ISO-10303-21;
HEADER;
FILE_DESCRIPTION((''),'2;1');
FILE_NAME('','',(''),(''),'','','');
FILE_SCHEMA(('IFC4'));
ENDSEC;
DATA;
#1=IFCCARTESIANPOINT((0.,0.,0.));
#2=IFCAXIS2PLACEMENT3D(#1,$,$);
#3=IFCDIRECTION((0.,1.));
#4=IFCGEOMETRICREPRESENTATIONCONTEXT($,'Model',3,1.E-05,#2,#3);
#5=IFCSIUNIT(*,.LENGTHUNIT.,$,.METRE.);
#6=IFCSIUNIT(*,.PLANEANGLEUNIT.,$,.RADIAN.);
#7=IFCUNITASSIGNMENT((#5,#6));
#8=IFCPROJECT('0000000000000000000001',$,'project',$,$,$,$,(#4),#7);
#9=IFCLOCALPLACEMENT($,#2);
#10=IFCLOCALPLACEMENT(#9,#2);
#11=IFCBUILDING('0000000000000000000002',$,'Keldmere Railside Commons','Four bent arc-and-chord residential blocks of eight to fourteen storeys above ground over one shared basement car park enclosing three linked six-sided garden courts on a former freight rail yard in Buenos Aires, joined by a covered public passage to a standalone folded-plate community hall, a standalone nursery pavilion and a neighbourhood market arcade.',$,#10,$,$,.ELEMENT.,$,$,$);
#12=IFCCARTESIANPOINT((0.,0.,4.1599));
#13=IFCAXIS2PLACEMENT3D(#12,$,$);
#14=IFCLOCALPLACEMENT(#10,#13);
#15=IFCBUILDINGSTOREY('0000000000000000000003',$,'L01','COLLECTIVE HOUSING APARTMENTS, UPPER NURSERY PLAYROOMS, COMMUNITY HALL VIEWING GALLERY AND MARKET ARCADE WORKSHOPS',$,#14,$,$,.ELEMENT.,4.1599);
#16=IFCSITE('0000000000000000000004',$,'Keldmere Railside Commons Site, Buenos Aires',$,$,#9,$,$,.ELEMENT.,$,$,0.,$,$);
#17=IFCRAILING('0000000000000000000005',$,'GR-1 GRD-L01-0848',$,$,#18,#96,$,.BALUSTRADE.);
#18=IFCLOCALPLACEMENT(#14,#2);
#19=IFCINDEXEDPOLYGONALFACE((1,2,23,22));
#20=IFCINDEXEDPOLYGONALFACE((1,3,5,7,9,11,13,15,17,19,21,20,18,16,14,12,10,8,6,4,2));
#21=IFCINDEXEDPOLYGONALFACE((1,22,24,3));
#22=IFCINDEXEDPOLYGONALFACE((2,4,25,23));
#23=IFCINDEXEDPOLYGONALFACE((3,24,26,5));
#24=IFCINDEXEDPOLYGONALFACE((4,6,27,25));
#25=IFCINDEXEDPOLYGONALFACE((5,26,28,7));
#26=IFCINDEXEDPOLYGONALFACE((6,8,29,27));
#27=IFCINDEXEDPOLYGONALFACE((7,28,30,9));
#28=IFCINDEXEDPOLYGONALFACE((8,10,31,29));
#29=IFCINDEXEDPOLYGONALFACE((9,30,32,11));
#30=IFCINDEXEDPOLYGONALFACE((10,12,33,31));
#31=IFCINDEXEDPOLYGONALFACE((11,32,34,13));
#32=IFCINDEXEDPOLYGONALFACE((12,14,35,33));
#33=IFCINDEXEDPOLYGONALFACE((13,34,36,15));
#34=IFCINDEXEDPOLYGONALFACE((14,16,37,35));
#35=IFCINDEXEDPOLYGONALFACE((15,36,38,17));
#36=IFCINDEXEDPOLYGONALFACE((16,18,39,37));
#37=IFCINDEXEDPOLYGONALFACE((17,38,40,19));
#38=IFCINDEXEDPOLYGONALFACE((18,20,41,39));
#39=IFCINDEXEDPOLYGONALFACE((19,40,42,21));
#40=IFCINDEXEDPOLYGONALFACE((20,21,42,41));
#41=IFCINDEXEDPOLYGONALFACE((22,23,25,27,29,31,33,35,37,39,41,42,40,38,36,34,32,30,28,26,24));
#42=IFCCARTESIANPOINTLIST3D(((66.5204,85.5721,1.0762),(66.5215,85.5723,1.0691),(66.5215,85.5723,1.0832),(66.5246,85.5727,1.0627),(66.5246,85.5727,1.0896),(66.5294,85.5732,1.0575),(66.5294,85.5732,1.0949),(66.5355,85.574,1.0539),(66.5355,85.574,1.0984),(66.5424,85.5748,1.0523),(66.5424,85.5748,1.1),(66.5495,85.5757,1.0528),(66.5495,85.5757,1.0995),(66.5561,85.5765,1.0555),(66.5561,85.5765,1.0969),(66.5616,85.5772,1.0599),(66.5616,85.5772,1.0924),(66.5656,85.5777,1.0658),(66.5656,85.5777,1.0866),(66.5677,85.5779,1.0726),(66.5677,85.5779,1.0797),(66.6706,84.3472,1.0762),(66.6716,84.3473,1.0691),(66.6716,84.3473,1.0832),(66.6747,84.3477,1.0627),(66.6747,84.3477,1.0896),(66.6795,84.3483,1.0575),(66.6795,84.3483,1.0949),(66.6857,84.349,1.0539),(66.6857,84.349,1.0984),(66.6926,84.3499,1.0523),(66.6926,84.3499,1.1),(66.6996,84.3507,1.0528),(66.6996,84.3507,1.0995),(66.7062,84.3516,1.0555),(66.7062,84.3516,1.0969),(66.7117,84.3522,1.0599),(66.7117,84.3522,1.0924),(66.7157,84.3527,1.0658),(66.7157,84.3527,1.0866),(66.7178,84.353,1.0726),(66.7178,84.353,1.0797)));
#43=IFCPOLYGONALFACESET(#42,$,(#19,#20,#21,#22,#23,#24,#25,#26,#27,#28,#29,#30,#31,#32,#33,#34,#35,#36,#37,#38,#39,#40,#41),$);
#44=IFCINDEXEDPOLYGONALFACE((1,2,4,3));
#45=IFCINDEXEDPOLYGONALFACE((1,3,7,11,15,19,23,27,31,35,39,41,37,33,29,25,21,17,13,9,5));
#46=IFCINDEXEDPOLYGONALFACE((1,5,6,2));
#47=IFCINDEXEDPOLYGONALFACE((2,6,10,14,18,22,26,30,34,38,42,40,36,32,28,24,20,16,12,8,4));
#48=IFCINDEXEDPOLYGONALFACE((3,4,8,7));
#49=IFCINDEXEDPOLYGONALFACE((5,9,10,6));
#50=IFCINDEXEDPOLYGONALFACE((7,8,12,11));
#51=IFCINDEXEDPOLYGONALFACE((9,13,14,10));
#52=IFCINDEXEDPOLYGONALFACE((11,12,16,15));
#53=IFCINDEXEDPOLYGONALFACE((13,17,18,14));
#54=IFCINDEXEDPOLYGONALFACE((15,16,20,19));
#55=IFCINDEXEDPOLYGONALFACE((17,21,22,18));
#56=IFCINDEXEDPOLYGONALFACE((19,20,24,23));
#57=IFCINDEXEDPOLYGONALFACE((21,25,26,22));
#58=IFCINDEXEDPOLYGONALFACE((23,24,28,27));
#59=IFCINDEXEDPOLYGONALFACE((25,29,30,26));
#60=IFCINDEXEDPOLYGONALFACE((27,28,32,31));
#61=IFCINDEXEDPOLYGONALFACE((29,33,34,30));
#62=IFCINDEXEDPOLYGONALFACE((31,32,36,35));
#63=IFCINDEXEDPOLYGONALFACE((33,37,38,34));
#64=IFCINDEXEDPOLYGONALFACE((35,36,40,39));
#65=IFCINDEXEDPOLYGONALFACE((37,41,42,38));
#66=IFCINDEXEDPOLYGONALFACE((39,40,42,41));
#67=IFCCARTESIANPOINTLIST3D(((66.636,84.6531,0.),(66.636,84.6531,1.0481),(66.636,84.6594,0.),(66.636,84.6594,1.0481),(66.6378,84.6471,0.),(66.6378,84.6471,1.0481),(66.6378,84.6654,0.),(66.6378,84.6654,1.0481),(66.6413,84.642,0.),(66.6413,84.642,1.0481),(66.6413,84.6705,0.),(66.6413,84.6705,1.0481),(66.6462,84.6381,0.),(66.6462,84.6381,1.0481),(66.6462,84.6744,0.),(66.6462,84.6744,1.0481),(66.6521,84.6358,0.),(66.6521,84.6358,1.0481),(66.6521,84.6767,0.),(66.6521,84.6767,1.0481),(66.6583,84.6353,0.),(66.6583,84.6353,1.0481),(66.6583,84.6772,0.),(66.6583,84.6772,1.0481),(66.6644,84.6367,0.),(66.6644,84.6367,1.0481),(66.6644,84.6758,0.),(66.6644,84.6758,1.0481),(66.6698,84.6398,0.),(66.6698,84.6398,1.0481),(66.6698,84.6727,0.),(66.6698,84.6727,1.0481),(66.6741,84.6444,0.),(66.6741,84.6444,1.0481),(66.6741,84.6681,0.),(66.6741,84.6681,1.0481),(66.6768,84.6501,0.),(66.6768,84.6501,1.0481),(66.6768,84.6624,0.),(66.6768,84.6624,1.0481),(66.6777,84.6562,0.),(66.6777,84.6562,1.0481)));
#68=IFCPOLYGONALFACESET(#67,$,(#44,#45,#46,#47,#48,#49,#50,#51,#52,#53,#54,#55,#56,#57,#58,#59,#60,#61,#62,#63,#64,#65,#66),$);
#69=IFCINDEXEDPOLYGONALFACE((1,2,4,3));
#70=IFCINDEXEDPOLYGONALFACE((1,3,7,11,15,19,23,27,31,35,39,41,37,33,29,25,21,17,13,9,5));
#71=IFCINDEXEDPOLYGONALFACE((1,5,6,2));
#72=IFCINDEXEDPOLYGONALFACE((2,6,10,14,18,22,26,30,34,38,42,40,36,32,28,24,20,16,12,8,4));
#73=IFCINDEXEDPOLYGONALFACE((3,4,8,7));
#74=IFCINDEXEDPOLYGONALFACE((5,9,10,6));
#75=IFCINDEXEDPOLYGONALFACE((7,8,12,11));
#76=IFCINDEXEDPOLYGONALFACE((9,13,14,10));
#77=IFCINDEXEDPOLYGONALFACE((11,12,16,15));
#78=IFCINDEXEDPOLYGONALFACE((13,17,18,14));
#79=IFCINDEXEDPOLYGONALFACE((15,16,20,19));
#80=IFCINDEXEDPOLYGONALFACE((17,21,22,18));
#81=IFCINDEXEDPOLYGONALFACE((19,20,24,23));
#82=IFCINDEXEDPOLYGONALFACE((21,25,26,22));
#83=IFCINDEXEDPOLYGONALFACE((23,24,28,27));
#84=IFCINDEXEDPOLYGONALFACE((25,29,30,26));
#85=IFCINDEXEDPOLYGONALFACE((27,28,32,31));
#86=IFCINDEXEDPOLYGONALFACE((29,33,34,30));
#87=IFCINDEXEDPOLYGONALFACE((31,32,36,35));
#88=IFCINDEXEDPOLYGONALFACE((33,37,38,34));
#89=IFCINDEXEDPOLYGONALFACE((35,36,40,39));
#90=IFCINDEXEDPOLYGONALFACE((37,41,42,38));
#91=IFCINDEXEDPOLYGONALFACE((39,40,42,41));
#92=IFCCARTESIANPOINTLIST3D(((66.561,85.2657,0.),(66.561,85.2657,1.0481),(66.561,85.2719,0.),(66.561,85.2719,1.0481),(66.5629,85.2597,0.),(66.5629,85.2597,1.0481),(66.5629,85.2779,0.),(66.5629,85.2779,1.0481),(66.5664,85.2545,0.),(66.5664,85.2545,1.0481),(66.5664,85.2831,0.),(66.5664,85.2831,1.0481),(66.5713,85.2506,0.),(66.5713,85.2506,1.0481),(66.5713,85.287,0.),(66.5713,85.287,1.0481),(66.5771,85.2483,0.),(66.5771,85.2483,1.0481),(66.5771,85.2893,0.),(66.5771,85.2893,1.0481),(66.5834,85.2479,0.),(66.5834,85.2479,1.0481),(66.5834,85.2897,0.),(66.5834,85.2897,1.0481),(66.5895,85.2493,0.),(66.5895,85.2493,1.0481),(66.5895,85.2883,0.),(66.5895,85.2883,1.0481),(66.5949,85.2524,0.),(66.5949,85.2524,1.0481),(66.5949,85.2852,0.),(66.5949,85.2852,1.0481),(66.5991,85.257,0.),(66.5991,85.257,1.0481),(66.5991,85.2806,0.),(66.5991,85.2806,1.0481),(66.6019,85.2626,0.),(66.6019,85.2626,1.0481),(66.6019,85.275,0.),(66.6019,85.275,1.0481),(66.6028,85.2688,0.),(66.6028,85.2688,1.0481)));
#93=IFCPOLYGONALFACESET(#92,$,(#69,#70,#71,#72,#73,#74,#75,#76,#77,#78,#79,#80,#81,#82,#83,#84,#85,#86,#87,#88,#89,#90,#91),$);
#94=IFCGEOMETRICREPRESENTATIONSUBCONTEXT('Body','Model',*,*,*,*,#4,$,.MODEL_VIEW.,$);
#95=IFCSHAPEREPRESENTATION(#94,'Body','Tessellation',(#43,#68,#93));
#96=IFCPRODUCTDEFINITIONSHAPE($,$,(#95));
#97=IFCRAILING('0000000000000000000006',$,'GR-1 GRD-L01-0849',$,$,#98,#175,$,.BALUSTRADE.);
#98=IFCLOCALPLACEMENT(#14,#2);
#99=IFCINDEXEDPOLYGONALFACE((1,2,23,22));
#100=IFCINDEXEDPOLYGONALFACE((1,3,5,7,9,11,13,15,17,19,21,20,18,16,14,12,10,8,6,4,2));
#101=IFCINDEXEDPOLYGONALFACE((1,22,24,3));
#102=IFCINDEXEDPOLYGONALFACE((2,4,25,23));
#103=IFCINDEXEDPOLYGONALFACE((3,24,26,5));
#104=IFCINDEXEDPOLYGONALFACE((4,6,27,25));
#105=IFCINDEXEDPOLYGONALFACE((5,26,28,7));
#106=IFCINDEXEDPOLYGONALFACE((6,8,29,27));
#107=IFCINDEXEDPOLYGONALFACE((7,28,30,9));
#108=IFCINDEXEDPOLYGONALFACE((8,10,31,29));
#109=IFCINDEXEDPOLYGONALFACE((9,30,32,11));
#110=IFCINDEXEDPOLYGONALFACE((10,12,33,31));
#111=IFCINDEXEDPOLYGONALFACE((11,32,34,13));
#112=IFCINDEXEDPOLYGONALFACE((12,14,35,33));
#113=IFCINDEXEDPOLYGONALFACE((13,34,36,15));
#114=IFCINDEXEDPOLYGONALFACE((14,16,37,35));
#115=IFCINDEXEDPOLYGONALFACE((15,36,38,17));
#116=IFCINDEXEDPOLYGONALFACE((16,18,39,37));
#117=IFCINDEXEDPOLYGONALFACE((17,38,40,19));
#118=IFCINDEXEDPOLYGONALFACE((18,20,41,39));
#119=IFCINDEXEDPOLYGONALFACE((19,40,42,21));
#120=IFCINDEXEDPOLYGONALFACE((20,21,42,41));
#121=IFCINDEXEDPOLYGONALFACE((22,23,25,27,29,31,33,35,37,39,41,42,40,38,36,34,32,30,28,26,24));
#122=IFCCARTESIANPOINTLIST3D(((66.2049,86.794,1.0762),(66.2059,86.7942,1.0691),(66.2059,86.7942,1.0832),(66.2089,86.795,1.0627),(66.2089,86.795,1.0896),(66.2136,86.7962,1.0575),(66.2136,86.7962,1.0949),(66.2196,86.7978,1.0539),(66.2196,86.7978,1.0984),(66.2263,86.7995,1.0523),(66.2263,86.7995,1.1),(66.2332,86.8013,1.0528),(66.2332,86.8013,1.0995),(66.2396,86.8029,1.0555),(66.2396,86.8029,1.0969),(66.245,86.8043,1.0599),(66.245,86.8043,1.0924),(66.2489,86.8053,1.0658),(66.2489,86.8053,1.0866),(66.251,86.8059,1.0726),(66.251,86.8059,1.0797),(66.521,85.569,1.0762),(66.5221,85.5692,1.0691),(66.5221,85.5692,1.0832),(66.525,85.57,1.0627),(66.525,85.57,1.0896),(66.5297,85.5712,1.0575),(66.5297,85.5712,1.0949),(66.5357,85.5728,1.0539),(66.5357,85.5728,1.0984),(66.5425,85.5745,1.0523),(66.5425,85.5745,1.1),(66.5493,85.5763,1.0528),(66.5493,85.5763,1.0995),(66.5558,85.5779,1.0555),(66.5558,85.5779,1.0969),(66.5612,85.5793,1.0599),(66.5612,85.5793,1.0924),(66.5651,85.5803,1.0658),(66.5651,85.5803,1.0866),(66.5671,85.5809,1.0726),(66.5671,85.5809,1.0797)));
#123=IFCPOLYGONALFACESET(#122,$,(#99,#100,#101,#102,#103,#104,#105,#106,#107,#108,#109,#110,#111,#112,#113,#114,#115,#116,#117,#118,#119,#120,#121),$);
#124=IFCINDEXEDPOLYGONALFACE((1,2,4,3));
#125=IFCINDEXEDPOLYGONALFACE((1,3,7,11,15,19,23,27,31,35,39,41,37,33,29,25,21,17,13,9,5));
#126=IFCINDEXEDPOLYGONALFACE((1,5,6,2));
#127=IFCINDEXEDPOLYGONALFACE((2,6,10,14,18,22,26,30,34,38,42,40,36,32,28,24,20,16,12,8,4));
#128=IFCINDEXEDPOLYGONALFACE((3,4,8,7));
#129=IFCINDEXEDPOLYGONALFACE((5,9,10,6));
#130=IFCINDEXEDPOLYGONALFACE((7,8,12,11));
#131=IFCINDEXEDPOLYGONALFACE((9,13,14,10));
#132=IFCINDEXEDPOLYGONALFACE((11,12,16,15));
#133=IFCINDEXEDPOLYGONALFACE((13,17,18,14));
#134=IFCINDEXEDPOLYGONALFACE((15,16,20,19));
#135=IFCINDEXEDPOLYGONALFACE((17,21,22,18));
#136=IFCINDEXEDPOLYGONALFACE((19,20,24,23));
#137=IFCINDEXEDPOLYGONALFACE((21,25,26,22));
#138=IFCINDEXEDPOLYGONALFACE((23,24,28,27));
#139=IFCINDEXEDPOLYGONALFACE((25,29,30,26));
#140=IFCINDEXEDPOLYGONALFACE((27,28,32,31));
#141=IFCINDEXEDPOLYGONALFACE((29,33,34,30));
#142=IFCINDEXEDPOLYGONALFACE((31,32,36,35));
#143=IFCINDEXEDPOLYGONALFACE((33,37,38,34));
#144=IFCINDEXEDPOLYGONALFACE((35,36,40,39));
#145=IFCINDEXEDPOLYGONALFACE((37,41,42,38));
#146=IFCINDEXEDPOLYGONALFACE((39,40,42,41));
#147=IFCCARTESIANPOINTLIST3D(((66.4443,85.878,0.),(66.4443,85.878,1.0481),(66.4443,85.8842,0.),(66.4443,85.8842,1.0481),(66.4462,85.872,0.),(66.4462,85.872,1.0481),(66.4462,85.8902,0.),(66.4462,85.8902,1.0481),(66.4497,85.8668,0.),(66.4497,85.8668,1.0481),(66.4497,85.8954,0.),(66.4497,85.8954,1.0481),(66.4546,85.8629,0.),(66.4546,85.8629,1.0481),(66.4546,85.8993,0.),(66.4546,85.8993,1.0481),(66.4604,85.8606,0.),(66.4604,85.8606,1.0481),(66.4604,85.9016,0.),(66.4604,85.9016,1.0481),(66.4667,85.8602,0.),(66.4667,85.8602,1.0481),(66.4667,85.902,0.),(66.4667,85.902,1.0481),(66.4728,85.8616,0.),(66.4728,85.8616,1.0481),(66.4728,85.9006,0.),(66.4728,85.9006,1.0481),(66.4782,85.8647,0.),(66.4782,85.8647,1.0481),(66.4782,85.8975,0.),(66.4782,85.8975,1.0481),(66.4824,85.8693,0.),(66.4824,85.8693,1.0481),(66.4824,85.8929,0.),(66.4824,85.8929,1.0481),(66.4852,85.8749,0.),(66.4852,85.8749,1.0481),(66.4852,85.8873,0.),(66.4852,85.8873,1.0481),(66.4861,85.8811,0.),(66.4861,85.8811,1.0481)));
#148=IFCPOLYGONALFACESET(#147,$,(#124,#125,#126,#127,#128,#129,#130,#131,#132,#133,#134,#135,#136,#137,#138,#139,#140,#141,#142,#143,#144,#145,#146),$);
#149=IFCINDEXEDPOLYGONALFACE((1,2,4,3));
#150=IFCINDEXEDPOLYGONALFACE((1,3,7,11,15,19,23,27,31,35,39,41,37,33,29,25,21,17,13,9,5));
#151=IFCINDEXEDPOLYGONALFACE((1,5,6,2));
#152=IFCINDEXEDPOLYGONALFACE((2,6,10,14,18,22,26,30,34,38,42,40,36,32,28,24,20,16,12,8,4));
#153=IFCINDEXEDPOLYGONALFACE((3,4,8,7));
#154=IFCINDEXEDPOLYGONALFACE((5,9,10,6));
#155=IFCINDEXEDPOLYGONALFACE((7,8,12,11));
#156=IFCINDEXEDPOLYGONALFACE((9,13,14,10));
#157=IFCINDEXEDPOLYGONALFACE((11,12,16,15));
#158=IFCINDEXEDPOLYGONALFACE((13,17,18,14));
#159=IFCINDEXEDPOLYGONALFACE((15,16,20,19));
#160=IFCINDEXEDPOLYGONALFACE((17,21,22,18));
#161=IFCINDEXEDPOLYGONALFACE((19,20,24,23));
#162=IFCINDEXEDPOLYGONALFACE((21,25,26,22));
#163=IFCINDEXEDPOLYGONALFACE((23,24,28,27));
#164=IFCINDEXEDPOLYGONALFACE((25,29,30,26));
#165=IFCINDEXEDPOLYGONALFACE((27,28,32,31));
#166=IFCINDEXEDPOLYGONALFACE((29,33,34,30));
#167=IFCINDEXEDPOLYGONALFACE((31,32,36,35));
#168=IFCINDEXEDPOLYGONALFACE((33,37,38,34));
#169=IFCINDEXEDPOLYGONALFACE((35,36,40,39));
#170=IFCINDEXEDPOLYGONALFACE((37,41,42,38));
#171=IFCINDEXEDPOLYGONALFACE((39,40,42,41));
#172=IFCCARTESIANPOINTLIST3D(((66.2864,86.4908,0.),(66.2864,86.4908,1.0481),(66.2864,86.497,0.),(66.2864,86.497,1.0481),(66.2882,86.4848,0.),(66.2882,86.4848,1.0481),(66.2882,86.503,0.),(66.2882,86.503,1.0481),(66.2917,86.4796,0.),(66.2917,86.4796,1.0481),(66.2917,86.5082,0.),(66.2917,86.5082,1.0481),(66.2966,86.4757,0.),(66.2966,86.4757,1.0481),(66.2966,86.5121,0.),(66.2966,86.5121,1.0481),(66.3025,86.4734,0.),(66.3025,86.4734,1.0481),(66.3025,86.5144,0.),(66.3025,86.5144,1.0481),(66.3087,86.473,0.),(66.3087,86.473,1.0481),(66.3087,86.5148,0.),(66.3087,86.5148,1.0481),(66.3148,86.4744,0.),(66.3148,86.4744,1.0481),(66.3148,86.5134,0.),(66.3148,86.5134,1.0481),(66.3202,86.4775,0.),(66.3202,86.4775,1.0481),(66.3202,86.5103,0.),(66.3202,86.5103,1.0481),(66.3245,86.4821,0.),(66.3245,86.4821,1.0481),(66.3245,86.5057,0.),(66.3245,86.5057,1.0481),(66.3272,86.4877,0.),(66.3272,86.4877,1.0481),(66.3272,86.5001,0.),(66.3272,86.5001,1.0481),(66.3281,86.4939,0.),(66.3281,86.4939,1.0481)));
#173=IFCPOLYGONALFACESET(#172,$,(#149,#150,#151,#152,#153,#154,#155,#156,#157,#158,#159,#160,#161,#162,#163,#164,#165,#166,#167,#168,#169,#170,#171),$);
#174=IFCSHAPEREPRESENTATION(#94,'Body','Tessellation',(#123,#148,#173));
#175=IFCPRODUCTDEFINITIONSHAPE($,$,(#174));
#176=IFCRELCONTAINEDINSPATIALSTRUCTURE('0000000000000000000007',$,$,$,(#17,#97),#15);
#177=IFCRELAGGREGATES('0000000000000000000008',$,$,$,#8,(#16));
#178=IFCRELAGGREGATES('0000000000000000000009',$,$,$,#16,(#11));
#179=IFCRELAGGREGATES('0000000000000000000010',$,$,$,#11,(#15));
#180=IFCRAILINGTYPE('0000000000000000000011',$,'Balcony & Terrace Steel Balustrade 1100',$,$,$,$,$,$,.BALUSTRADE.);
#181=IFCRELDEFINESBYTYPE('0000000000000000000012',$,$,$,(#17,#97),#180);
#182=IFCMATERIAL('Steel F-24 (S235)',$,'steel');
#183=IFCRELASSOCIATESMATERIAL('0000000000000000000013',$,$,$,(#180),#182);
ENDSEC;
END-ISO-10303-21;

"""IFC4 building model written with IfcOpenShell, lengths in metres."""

from ifc_helpers import new_model, si_unit, direction, frame, origin, origin_2d, place, context, subcontext, project, spatial, circle, extrude, material, type_object, element, save


model = new_model("IFC4")

# Units and contexts
model_context = context("Model", 3, precision=1e-05, world=origin(), true_north=direction((0.0, 1.0)))
body_context = subcontext(model_context, "Body", "Model", "MODEL_VIEW")
ifc_project = project(units=[si_unit("LENGTHUNIT", "METRE"), si_unit("PLANEANGLEUNIT", "RADIAN")], contexts=[model_context])

# Site, building, storey
site_placement = place(None, origin())
site = spatial("IfcSite", under=ifc_project, at=site_placement, Name="Keldmere Railside Commons Site, Buenos Aires", CompositionType="ELEMENT", RefElevation=0.0)
building_placement = place(site_placement, origin())
building = spatial("IfcBuilding", under=site, at=building_placement, Name="Keldmere Railside Commons", Description="Four bent arc-and-chord residential blocks of eight to fourteen storeys above ground over one shared basement car park enclosing three linked six-sided garden courts on a former freight rail yard in Buenos Aires, joined by a covered public passage to a standalone folded-plate community hall, a standalone nursery pavilion and a neighbourhood market arcade.", CompositionType="ELEMENT")
storey_placement = place(building_placement, frame((0.0, 0.0, 4.1599)))
storey = spatial("IfcBuildingStorey", under=building, at=storey_placement, Name="L01", Description="COLLECTIVE HOUSING APARTMENTS, UPPER NURSERY PLAYROOMS, COMMUNITY HALL VIEWING GALLERY AND MARKET ARCADE WORKSHOPS", CompositionType="ELEMENT", Elevation=4.1599)

# Railings
ifc_material_1 = material(Name="Steel F-24 (S235)", Category="steel")
railing_type = type_object("IfcRailingType", Name="Balcony & Terrace Steel Balustrade 1100", PredefinedType="BALUSTRADE", material=ifc_material_1)
railing_1_placement = place(storey_placement, frame((66.6943, 84.3501, 0.0)))
element("IfcRailing", 1, at=railing_1_placement, inside=storey, type_object=railing_type, Name="GR-1 GRD-L01-0848", PredefinedType="BALUSTRADE", context=body_context, shape_type="SweptSolid", body=[
    extrude(circle(Radius=0.0239, at=origin_2d()), frame((0.0, 0.0, 1.0762), z_axis=(-0.121672, 0.99257, 0.0), x_axis=(-0.99257, -0.121672, 0.0)), (0.0, 0.0, 1.0), 1.2341),
    extrude(circle(Radius=0.021, at=origin_2d()), frame((-0.0376, 0.3062, 0.0)), (0.0, 0.0, 1.0), 1.0481),
    extrude(circle(Radius=0.021, at=origin_2d()), frame((-0.1125, 0.9187, 0.0)), (0.0, 0.0, 1.0), 1.0481),
])
railing_2_placement = place(storey_placement, frame((66.5442, 85.575, 0.0)))
element("IfcRailing", 2, at=railing_2_placement, inside=storey, type_object=railing_type, Name="GR-1 GRD-L01-0849", PredefinedType="BALUSTRADE", context=body_context, shape_type="SweptSolid", body=[
    extrude(circle(Radius=0.0239, at=origin_2d()), frame((0.0, 0.0, 1.0762), z_axis=(-0.249884, 0.968276, 0.0), x_axis=(-0.968276, -0.249884, 0.0)), (0.0, 0.0, 1.0), 1.2651),
    extrude(circle(Radius=0.021, at=origin_2d()), frame((-0.0791, 0.3062, 0.0)), (0.0, 0.0, 1.0), 1.0481),
    extrude(circle(Radius=0.021, at=origin_2d()), frame((-0.2371, 0.9189, 0.0)), (0.0, 0.0, 1.0), 1.0481),
])

save(model, "model.ifc")
